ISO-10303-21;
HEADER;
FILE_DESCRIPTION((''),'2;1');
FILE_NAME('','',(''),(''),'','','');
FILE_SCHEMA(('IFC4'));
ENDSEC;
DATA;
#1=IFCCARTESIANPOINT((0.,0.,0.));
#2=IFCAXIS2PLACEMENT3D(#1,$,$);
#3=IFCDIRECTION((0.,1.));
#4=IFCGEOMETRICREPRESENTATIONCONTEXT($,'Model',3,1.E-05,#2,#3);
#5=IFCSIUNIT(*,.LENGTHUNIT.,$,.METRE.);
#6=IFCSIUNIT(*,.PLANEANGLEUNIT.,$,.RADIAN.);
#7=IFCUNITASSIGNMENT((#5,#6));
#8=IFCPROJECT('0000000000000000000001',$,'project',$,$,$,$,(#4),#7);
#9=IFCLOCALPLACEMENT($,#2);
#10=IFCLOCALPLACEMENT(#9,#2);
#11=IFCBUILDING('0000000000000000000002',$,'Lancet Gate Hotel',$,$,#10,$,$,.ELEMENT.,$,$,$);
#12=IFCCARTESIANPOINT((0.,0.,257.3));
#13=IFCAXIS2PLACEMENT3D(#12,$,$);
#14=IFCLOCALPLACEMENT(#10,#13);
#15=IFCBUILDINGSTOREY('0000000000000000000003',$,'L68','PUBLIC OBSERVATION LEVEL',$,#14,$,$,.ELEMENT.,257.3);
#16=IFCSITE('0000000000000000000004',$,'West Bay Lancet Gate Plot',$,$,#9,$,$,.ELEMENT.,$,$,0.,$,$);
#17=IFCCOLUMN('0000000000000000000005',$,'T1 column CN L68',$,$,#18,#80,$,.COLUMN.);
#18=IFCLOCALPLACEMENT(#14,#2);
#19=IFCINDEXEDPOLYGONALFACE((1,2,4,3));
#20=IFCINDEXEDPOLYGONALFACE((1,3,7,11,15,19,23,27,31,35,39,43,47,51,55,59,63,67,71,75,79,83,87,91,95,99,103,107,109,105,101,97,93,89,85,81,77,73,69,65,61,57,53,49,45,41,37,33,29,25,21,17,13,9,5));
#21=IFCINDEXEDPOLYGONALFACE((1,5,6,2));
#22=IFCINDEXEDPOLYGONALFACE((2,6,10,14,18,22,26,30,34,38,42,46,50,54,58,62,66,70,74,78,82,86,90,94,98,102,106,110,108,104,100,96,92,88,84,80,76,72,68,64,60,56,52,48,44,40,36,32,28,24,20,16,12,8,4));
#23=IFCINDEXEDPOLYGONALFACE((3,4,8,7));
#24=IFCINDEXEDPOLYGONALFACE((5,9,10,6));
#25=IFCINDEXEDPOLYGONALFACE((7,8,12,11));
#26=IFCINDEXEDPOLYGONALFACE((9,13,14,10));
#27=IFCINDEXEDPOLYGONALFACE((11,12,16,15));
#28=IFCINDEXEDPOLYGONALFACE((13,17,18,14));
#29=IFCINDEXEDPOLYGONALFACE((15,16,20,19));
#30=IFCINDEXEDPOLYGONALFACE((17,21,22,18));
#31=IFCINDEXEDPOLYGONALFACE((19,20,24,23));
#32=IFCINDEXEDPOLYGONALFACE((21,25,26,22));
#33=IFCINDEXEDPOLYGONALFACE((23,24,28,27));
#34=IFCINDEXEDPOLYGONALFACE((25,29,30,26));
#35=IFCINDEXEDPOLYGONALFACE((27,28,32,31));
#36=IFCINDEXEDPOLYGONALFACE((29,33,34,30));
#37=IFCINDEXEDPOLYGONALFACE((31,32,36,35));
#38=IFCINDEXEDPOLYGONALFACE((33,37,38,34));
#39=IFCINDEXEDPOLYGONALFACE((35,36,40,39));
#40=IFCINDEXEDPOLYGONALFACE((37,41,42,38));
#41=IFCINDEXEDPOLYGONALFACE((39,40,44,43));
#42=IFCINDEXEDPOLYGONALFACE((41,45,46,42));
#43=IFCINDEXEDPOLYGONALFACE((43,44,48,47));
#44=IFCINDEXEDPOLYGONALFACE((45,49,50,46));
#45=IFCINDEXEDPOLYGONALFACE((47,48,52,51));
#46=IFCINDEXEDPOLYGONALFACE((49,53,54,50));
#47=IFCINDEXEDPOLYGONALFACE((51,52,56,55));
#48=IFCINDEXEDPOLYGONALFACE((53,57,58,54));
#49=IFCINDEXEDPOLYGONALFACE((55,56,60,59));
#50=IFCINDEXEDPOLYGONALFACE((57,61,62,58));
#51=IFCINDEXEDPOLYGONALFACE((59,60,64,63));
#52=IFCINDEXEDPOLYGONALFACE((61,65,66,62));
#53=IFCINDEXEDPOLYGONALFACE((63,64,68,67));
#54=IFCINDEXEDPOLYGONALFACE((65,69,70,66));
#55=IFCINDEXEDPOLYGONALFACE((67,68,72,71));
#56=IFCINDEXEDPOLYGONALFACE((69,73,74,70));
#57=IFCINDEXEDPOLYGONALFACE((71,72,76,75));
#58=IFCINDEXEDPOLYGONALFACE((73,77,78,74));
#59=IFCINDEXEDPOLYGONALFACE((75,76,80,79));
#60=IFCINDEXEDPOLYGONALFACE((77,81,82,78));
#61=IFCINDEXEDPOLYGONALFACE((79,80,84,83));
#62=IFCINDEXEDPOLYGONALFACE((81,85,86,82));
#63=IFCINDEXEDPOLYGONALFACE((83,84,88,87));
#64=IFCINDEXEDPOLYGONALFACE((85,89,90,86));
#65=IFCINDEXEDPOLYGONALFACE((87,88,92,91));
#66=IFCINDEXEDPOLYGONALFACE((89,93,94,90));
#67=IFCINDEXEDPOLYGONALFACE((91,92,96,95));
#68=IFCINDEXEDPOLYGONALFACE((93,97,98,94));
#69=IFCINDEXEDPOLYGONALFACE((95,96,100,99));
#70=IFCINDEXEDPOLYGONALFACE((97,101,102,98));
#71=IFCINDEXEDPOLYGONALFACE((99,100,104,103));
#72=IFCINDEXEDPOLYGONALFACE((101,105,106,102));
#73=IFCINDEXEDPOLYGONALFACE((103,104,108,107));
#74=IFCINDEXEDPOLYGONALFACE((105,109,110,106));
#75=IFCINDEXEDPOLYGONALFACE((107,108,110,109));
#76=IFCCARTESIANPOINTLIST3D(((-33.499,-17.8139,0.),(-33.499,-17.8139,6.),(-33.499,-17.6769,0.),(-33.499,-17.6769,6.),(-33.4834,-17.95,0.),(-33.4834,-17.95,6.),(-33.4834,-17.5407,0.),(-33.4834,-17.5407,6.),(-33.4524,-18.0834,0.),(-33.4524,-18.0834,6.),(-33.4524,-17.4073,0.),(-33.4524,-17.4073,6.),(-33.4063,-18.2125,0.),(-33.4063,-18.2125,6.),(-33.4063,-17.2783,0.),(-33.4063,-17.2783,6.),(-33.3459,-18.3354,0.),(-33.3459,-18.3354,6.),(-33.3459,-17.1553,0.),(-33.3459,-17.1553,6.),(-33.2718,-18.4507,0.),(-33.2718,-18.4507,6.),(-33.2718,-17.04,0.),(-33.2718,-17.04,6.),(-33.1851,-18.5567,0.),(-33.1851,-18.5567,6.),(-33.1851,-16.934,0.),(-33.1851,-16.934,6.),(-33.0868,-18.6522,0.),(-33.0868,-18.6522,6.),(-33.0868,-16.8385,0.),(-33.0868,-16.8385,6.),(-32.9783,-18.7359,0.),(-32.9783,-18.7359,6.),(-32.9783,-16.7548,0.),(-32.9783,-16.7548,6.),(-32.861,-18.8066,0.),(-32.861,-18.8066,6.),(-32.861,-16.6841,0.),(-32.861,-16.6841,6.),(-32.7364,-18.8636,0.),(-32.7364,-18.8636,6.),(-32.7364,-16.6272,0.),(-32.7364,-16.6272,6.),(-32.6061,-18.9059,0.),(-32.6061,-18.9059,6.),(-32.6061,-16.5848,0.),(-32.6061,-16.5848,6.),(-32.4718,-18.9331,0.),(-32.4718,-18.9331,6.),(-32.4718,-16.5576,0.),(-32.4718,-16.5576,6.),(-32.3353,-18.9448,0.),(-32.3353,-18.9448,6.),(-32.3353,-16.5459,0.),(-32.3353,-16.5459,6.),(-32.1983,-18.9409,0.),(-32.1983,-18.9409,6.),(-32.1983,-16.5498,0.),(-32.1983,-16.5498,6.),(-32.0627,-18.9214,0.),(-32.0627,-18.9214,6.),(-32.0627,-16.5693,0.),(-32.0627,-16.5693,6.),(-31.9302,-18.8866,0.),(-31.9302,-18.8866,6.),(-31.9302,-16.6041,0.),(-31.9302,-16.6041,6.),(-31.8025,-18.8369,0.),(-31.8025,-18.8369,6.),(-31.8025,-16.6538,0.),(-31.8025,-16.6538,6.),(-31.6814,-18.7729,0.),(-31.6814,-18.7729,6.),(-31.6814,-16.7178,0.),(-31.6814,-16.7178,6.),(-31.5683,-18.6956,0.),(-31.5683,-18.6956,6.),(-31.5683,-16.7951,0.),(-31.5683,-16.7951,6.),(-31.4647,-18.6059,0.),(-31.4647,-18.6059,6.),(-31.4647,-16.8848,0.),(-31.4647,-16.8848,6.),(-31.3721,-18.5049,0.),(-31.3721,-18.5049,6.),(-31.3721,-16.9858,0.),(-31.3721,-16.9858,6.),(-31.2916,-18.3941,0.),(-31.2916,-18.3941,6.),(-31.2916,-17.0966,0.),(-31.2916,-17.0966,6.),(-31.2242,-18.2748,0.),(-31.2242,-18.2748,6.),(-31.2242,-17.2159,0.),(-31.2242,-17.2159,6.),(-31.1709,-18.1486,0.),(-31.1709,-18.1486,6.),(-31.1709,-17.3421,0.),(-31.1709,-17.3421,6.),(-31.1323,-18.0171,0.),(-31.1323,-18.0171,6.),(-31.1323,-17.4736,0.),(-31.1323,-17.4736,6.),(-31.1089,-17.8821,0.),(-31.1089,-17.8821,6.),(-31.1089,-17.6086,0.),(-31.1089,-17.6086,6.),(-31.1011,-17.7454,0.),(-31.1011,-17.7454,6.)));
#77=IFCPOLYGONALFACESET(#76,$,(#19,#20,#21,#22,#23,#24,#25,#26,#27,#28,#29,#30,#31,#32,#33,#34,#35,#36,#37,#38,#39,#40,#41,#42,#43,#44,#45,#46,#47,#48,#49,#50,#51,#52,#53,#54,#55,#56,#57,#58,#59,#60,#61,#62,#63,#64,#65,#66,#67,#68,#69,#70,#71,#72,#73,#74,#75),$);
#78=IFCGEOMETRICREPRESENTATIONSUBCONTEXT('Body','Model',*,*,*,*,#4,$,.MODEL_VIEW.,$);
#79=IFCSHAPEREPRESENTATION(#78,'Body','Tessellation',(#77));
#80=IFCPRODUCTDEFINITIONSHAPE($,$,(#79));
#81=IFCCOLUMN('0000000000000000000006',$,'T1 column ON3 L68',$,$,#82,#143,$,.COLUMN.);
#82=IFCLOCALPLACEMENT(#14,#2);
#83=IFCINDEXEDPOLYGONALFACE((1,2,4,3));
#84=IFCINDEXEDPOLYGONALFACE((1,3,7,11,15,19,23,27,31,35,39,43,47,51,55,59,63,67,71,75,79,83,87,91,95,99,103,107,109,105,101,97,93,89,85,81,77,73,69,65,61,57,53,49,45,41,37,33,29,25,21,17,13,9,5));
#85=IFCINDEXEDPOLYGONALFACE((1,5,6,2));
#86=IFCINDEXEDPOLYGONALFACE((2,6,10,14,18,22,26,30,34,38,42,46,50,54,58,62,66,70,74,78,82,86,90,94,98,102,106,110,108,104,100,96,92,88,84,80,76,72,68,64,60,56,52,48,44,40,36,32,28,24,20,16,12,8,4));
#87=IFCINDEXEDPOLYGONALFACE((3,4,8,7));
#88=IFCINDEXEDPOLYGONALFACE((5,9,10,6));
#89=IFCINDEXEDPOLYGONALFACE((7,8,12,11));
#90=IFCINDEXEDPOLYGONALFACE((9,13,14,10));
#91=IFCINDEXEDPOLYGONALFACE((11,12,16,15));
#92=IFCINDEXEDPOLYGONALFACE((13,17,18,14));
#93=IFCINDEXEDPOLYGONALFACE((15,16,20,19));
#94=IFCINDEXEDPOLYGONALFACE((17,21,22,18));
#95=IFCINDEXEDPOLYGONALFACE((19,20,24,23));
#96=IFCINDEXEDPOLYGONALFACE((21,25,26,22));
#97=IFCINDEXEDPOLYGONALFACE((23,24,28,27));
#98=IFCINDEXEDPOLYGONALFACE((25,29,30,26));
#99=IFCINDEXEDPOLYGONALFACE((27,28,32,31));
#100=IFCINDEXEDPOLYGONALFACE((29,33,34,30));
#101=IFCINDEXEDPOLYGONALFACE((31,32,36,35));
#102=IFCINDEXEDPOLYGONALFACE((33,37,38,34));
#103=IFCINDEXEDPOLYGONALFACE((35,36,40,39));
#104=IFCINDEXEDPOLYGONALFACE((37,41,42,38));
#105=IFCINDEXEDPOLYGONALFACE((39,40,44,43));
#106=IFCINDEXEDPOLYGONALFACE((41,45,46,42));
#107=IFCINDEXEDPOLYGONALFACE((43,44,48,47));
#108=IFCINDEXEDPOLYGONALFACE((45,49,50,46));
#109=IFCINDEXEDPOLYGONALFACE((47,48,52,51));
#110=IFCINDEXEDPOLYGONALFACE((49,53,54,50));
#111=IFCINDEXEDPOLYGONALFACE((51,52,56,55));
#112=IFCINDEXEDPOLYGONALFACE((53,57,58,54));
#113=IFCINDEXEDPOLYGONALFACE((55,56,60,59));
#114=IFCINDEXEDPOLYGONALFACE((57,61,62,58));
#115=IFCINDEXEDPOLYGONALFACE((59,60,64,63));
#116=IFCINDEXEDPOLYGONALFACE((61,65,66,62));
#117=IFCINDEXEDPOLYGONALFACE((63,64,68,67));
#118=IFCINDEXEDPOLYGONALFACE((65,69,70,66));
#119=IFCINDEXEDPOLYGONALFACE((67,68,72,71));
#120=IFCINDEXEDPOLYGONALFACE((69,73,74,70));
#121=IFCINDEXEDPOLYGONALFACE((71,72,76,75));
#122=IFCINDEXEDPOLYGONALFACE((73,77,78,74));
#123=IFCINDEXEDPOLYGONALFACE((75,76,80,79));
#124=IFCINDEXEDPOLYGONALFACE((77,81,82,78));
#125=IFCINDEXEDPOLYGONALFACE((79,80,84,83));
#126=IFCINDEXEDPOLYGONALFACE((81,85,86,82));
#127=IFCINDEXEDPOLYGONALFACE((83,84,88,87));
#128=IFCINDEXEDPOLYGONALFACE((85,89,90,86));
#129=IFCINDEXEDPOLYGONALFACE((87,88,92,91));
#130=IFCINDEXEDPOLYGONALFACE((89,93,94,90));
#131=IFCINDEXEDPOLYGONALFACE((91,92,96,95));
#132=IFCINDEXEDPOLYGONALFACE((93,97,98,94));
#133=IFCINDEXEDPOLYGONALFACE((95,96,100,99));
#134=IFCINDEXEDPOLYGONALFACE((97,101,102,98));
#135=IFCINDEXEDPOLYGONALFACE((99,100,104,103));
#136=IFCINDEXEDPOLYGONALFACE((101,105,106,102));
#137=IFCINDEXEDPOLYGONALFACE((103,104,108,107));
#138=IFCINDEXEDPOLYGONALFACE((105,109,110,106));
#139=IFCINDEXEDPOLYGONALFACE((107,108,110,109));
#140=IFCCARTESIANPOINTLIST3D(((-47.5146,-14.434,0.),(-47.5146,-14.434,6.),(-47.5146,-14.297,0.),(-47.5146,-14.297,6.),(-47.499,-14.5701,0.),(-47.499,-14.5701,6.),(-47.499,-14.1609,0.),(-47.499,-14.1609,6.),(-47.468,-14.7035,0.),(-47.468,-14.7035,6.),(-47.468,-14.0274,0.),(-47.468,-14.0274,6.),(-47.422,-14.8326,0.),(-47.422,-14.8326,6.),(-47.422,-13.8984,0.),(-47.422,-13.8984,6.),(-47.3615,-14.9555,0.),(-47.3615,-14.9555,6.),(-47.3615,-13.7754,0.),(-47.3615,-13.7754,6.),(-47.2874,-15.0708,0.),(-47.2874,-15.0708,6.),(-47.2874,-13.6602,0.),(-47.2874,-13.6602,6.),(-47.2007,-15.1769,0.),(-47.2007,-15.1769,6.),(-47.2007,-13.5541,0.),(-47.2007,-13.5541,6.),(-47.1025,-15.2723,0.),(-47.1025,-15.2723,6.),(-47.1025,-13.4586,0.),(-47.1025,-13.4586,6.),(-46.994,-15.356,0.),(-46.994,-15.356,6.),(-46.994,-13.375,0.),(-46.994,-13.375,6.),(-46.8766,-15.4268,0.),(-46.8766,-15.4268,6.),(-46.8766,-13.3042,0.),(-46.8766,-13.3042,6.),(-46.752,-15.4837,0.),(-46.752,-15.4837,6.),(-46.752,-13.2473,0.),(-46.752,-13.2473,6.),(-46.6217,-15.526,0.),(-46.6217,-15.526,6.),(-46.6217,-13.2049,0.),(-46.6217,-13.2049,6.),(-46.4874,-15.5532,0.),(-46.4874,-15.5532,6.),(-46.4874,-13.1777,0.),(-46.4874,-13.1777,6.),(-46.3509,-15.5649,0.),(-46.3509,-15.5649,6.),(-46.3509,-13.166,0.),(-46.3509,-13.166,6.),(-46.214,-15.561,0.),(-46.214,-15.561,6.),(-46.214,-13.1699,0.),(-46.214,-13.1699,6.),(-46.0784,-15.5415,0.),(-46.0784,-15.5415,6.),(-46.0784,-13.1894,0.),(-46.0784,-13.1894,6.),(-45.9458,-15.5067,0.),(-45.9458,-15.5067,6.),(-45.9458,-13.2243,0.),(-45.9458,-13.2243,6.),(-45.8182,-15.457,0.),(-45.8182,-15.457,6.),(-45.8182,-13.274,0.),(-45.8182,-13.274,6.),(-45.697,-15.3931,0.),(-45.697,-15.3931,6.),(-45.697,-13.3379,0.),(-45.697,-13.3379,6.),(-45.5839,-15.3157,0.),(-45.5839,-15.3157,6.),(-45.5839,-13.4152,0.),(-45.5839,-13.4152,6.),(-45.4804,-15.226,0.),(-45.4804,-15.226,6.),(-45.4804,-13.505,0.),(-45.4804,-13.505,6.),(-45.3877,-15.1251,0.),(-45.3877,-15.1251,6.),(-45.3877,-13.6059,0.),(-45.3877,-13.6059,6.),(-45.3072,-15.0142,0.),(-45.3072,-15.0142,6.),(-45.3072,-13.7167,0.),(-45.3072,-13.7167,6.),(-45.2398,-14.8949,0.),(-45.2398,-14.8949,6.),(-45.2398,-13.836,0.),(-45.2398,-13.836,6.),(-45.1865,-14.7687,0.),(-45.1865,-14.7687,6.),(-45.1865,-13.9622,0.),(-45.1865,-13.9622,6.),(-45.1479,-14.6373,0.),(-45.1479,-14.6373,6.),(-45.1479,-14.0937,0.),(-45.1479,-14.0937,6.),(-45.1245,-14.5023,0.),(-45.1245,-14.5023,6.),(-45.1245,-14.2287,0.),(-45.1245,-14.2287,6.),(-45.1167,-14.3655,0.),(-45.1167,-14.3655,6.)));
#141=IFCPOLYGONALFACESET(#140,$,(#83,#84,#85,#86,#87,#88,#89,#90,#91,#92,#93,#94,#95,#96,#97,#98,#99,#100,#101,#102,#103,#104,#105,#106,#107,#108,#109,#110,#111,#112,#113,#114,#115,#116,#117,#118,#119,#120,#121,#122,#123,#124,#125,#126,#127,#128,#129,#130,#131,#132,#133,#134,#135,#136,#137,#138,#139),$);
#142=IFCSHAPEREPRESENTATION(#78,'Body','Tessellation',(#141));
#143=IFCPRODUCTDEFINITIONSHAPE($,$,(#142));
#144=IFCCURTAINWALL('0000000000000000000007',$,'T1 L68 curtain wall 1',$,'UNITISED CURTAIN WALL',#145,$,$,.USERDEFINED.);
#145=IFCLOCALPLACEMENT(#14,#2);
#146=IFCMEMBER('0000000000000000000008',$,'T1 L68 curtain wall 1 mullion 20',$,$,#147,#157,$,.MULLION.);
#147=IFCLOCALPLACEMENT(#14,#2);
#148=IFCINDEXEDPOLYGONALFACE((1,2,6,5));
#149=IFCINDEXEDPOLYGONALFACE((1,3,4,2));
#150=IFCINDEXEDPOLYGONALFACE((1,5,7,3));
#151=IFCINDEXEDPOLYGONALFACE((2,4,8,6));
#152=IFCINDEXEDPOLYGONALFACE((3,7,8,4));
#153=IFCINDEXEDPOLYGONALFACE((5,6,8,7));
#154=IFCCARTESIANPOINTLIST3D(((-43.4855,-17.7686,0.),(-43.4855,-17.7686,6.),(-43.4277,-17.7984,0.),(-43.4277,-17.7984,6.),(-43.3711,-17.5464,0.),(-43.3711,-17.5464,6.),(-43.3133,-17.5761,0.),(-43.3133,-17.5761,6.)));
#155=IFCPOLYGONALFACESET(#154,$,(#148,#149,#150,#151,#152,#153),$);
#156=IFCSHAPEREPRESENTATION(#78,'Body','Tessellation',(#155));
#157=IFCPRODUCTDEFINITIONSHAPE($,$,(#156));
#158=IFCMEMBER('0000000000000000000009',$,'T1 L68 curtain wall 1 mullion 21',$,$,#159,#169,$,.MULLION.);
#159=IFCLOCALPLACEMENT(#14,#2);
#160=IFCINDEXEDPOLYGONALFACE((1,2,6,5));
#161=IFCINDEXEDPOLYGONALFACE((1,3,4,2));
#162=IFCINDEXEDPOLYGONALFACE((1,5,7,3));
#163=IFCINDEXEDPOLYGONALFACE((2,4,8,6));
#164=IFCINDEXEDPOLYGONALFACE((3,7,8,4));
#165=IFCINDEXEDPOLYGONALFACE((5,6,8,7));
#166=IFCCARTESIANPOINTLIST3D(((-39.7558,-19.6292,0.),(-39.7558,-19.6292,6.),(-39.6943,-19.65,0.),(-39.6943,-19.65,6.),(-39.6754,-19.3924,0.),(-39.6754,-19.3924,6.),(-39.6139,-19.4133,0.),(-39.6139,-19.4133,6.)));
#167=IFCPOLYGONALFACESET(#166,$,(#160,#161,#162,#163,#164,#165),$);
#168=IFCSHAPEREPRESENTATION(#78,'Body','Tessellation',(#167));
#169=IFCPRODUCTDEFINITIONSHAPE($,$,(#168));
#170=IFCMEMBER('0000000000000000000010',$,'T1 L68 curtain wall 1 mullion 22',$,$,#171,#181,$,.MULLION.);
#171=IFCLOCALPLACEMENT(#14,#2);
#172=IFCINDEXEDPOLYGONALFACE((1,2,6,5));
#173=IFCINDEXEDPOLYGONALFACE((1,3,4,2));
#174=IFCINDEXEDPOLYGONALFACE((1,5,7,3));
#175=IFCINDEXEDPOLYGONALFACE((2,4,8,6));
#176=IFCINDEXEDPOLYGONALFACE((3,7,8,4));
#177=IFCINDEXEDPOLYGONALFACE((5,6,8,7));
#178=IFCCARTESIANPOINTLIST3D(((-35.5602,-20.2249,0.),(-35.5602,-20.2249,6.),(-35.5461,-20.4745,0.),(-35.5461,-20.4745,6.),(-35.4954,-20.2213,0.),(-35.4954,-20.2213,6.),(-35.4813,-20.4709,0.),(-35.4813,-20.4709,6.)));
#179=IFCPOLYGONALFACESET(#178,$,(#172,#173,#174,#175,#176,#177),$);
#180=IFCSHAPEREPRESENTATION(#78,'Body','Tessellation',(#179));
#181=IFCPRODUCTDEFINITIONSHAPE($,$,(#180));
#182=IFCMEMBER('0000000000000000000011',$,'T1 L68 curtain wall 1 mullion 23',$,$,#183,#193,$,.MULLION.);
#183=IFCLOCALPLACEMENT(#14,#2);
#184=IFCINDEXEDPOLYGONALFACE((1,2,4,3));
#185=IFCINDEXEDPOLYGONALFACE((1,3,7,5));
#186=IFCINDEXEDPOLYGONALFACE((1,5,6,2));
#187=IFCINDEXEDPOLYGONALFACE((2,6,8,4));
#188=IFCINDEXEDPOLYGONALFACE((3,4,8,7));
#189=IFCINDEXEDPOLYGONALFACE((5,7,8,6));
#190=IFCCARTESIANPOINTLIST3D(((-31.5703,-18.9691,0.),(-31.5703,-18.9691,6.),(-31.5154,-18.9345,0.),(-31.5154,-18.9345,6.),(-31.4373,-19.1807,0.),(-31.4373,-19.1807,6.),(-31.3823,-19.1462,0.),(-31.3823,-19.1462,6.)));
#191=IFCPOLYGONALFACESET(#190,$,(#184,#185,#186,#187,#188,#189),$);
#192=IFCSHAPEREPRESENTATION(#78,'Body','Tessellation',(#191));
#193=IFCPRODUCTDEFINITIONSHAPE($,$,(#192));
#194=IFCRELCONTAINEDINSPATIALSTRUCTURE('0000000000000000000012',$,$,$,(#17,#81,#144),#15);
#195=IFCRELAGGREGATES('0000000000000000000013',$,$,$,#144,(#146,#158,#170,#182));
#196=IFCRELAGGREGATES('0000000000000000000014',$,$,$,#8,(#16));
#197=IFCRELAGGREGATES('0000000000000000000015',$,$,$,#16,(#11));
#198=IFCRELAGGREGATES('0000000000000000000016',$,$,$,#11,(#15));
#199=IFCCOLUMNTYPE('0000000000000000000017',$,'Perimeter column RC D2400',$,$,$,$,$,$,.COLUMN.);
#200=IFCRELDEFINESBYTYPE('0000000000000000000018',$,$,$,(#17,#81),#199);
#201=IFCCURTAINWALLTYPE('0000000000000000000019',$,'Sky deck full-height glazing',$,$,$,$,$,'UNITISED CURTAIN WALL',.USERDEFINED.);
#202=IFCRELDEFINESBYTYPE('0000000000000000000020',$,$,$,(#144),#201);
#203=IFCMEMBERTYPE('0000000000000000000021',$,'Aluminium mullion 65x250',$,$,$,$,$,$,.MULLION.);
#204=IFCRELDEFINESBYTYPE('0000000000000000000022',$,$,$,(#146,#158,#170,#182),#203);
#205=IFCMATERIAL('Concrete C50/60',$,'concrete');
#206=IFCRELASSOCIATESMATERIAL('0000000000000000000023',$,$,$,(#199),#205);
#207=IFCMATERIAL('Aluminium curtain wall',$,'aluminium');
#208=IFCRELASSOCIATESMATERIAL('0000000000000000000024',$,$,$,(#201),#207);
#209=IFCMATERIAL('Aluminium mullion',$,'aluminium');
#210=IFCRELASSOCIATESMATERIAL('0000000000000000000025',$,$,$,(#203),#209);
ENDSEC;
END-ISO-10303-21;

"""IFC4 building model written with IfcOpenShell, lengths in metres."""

from ifc_helpers import new_model, si_unit, direction, frame, origin, origin_2d, place, context, subcontext, project, spatial, rectangle, circle, extrude, material, material_profile, profile_set, type_object, element, aggregate, save


model = new_model("IFC4")

# Units and contexts
model_context = context("Model", 3, precision=1e-05, world=origin(), true_north=direction((0.0, 1.0)))
body_context = subcontext(model_context, "Body", "Model", "MODEL_VIEW")
ifc_project = project(units=[si_unit("LENGTHUNIT", "METRE"), si_unit("PLANEANGLEUNIT", "RADIAN")], contexts=[model_context])

# Site, building, storey
site_placement = place(None, origin())
site = spatial("IfcSite", under=ifc_project, at=site_placement, Name="West Bay Lancet Gate Plot", CompositionType="ELEMENT", RefElevation=0.0)
building_placement = place(site_placement, origin())
building = spatial("IfcBuilding", under=site, at=building_placement, Name="Lancet Gate Hotel", CompositionType="ELEMENT")
storey_placement = place(building_placement, frame((0.0, 0.0, 257.3)))
storey = spatial("IfcBuildingStorey", under=building, at=storey_placement, Name="L68", Description="PUBLIC OBSERVATION LEVEL", CompositionType="ELEMENT", Elevation=257.3)

# Columns
ifc_material_1 = material(Name="Concrete C50/60", Category="concrete")
ifc_material_profile_1 = material_profile(ifc_material_1, circle(Radius=1.2, at=origin_2d()), Name="RC D2400")
ifc_profile_set_1 = profile_set([ifc_material_profile_1], Name="Concrete C50/60")
column_type = type_object("IfcColumnType", Name="Perimeter column RC D2400", PredefinedType="COLUMN", material=ifc_profile_set_1)
for number, where, z_axis, x_axis, name in (
    (1, (-32.301, -17.7454, 0.0), (0.0, 0.0, 1.0), (1.0, 0.0, 0.0), "T1 column CN L68"),
    (2, (-46.3167, -14.3655, 0.0), (0.0, 0.0, 1.0), (1.0, 0.0, 0.0), "T1 column ON3 L68"),
):
    element("IfcColumn", number, at=place(storey_placement, frame(where, z_axis=z_axis, x_axis=x_axis)), inside=storey, type_object=column_type, Name=name, PredefinedType="COLUMN", context=body_context, shape_type="SweptSolid", body=[
        extrude(circle(Radius=1.2, at=origin_2d()), origin(), (0.0, 0.0, 1.0), 6.0),
    ])

# Curtain wall, members
ifc_material_2 = material(Name="Aluminium curtain wall", Category="aluminium")
curtain_wall_type = type_object("IfcCurtainWallType", Name="Sky deck full-height glazing", ElementType="UNITISED CURTAIN WALL", PredefinedType="USERDEFINED", material=ifc_material_2)
curtain_wall_placement = place(storey_placement, origin())
curtain_wall = element("IfcCurtainWall", 3, at=curtain_wall_placement, inside=storey, type_object=curtain_wall_type, Name="T1 L68 curtain wall 1", ObjectType="UNITISED CURTAIN WALL", PredefinedType="USERDEFINED")
ifc_material_3 = material(Name="Aluminium mullion", Category="aluminium")
ifc_material_profile_2 = material_profile(ifc_material_3, rectangle(XDim=0.0649, YDim=0.25, at=origin_2d()), Name="MULLION 65x250")
ifc_profile_set_2 = profile_set([ifc_material_profile_2], Name="Aluminium mullion")
member_type_1 = type_object("IfcMemberType", Name="Aluminium mullion 65x250", PredefinedType="MULLION", material=ifc_profile_set_2)
member_1_placement = place(storey_placement, frame((-43.3994, -17.6724, 0.0), z_axis=(0.0, 0.0, 1.0), x_axis=(0.889156, -0.457605, 0.0)))
member_1 = element("IfcMember", 4, at=member_1_placement, type_object=member_type_1, Name="T1 L68 curtain wall 1 mullion 20", PredefinedType="MULLION", context=body_context, shape_type="SweptSolid", body=[
    extrude(rectangle(XDim=0.0649, YDim=0.25, at=origin_2d()), origin(), (0.0, 0.0, 1.0), 6.0),
])
member_2_placement = place(storey_placement, frame((-39.6848, -19.5212, 0.0), z_axis=(0.0, 0.0, 1.0), x_axis=(0.946888, -0.321564, 0.0)))
member_2 = element("IfcMember", 5, at=member_2_placement, type_object=member_type_1, Name="T1 L68 curtain wall 1 mullion 21", PredefinedType="MULLION", context=body_context, shape_type="SweptSolid", body=[
    extrude(rectangle(XDim=0.0649, YDim=0.25, at=origin_2d()), origin(), (0.0, 0.0, 1.0), 6.0),
])
member_3_placement = place(storey_placement, frame((-35.5208, -20.3479, 0.0), z_axis=(0.0, 0.0, 1.0), x_axis=(0.998409, 0.056384, 0.0)))
member_3 = element("IfcMember", 6, at=member_3_placement, type_object=member_type_1, Name="T1 L68 curtain wall 1 mullion 22", PredefinedType="MULLION", context=body_context, shape_type="SweptSolid", body=[
    extrude(rectangle(XDim=0.0649, YDim=0.25, at=origin_2d()), origin(), (0.0, 0.0, 1.0), 6.0),
])
member_4_placement = place(storey_placement, frame((-31.4763, -19.0576, 0.0), z_axis=(0.0, 0.0, 1.0), x_axis=(0.846613, 0.532209, 0.0)))
member_4 = element("IfcMember", 7, at=member_4_placement, type_object=member_type_1, Name="T1 L68 curtain wall 1 mullion 23", PredefinedType="MULLION", context=body_context, shape_type="SweptSolid", body=[
    extrude(rectangle(XDim=0.0649, YDim=0.25, at=origin_2d()), origin(), (0.0, 0.0, 1.0), 6.0),
])
aggregate(curtain_wall, [member_1, member_2, member_3, member_4])

save(model, "model.ifc")
